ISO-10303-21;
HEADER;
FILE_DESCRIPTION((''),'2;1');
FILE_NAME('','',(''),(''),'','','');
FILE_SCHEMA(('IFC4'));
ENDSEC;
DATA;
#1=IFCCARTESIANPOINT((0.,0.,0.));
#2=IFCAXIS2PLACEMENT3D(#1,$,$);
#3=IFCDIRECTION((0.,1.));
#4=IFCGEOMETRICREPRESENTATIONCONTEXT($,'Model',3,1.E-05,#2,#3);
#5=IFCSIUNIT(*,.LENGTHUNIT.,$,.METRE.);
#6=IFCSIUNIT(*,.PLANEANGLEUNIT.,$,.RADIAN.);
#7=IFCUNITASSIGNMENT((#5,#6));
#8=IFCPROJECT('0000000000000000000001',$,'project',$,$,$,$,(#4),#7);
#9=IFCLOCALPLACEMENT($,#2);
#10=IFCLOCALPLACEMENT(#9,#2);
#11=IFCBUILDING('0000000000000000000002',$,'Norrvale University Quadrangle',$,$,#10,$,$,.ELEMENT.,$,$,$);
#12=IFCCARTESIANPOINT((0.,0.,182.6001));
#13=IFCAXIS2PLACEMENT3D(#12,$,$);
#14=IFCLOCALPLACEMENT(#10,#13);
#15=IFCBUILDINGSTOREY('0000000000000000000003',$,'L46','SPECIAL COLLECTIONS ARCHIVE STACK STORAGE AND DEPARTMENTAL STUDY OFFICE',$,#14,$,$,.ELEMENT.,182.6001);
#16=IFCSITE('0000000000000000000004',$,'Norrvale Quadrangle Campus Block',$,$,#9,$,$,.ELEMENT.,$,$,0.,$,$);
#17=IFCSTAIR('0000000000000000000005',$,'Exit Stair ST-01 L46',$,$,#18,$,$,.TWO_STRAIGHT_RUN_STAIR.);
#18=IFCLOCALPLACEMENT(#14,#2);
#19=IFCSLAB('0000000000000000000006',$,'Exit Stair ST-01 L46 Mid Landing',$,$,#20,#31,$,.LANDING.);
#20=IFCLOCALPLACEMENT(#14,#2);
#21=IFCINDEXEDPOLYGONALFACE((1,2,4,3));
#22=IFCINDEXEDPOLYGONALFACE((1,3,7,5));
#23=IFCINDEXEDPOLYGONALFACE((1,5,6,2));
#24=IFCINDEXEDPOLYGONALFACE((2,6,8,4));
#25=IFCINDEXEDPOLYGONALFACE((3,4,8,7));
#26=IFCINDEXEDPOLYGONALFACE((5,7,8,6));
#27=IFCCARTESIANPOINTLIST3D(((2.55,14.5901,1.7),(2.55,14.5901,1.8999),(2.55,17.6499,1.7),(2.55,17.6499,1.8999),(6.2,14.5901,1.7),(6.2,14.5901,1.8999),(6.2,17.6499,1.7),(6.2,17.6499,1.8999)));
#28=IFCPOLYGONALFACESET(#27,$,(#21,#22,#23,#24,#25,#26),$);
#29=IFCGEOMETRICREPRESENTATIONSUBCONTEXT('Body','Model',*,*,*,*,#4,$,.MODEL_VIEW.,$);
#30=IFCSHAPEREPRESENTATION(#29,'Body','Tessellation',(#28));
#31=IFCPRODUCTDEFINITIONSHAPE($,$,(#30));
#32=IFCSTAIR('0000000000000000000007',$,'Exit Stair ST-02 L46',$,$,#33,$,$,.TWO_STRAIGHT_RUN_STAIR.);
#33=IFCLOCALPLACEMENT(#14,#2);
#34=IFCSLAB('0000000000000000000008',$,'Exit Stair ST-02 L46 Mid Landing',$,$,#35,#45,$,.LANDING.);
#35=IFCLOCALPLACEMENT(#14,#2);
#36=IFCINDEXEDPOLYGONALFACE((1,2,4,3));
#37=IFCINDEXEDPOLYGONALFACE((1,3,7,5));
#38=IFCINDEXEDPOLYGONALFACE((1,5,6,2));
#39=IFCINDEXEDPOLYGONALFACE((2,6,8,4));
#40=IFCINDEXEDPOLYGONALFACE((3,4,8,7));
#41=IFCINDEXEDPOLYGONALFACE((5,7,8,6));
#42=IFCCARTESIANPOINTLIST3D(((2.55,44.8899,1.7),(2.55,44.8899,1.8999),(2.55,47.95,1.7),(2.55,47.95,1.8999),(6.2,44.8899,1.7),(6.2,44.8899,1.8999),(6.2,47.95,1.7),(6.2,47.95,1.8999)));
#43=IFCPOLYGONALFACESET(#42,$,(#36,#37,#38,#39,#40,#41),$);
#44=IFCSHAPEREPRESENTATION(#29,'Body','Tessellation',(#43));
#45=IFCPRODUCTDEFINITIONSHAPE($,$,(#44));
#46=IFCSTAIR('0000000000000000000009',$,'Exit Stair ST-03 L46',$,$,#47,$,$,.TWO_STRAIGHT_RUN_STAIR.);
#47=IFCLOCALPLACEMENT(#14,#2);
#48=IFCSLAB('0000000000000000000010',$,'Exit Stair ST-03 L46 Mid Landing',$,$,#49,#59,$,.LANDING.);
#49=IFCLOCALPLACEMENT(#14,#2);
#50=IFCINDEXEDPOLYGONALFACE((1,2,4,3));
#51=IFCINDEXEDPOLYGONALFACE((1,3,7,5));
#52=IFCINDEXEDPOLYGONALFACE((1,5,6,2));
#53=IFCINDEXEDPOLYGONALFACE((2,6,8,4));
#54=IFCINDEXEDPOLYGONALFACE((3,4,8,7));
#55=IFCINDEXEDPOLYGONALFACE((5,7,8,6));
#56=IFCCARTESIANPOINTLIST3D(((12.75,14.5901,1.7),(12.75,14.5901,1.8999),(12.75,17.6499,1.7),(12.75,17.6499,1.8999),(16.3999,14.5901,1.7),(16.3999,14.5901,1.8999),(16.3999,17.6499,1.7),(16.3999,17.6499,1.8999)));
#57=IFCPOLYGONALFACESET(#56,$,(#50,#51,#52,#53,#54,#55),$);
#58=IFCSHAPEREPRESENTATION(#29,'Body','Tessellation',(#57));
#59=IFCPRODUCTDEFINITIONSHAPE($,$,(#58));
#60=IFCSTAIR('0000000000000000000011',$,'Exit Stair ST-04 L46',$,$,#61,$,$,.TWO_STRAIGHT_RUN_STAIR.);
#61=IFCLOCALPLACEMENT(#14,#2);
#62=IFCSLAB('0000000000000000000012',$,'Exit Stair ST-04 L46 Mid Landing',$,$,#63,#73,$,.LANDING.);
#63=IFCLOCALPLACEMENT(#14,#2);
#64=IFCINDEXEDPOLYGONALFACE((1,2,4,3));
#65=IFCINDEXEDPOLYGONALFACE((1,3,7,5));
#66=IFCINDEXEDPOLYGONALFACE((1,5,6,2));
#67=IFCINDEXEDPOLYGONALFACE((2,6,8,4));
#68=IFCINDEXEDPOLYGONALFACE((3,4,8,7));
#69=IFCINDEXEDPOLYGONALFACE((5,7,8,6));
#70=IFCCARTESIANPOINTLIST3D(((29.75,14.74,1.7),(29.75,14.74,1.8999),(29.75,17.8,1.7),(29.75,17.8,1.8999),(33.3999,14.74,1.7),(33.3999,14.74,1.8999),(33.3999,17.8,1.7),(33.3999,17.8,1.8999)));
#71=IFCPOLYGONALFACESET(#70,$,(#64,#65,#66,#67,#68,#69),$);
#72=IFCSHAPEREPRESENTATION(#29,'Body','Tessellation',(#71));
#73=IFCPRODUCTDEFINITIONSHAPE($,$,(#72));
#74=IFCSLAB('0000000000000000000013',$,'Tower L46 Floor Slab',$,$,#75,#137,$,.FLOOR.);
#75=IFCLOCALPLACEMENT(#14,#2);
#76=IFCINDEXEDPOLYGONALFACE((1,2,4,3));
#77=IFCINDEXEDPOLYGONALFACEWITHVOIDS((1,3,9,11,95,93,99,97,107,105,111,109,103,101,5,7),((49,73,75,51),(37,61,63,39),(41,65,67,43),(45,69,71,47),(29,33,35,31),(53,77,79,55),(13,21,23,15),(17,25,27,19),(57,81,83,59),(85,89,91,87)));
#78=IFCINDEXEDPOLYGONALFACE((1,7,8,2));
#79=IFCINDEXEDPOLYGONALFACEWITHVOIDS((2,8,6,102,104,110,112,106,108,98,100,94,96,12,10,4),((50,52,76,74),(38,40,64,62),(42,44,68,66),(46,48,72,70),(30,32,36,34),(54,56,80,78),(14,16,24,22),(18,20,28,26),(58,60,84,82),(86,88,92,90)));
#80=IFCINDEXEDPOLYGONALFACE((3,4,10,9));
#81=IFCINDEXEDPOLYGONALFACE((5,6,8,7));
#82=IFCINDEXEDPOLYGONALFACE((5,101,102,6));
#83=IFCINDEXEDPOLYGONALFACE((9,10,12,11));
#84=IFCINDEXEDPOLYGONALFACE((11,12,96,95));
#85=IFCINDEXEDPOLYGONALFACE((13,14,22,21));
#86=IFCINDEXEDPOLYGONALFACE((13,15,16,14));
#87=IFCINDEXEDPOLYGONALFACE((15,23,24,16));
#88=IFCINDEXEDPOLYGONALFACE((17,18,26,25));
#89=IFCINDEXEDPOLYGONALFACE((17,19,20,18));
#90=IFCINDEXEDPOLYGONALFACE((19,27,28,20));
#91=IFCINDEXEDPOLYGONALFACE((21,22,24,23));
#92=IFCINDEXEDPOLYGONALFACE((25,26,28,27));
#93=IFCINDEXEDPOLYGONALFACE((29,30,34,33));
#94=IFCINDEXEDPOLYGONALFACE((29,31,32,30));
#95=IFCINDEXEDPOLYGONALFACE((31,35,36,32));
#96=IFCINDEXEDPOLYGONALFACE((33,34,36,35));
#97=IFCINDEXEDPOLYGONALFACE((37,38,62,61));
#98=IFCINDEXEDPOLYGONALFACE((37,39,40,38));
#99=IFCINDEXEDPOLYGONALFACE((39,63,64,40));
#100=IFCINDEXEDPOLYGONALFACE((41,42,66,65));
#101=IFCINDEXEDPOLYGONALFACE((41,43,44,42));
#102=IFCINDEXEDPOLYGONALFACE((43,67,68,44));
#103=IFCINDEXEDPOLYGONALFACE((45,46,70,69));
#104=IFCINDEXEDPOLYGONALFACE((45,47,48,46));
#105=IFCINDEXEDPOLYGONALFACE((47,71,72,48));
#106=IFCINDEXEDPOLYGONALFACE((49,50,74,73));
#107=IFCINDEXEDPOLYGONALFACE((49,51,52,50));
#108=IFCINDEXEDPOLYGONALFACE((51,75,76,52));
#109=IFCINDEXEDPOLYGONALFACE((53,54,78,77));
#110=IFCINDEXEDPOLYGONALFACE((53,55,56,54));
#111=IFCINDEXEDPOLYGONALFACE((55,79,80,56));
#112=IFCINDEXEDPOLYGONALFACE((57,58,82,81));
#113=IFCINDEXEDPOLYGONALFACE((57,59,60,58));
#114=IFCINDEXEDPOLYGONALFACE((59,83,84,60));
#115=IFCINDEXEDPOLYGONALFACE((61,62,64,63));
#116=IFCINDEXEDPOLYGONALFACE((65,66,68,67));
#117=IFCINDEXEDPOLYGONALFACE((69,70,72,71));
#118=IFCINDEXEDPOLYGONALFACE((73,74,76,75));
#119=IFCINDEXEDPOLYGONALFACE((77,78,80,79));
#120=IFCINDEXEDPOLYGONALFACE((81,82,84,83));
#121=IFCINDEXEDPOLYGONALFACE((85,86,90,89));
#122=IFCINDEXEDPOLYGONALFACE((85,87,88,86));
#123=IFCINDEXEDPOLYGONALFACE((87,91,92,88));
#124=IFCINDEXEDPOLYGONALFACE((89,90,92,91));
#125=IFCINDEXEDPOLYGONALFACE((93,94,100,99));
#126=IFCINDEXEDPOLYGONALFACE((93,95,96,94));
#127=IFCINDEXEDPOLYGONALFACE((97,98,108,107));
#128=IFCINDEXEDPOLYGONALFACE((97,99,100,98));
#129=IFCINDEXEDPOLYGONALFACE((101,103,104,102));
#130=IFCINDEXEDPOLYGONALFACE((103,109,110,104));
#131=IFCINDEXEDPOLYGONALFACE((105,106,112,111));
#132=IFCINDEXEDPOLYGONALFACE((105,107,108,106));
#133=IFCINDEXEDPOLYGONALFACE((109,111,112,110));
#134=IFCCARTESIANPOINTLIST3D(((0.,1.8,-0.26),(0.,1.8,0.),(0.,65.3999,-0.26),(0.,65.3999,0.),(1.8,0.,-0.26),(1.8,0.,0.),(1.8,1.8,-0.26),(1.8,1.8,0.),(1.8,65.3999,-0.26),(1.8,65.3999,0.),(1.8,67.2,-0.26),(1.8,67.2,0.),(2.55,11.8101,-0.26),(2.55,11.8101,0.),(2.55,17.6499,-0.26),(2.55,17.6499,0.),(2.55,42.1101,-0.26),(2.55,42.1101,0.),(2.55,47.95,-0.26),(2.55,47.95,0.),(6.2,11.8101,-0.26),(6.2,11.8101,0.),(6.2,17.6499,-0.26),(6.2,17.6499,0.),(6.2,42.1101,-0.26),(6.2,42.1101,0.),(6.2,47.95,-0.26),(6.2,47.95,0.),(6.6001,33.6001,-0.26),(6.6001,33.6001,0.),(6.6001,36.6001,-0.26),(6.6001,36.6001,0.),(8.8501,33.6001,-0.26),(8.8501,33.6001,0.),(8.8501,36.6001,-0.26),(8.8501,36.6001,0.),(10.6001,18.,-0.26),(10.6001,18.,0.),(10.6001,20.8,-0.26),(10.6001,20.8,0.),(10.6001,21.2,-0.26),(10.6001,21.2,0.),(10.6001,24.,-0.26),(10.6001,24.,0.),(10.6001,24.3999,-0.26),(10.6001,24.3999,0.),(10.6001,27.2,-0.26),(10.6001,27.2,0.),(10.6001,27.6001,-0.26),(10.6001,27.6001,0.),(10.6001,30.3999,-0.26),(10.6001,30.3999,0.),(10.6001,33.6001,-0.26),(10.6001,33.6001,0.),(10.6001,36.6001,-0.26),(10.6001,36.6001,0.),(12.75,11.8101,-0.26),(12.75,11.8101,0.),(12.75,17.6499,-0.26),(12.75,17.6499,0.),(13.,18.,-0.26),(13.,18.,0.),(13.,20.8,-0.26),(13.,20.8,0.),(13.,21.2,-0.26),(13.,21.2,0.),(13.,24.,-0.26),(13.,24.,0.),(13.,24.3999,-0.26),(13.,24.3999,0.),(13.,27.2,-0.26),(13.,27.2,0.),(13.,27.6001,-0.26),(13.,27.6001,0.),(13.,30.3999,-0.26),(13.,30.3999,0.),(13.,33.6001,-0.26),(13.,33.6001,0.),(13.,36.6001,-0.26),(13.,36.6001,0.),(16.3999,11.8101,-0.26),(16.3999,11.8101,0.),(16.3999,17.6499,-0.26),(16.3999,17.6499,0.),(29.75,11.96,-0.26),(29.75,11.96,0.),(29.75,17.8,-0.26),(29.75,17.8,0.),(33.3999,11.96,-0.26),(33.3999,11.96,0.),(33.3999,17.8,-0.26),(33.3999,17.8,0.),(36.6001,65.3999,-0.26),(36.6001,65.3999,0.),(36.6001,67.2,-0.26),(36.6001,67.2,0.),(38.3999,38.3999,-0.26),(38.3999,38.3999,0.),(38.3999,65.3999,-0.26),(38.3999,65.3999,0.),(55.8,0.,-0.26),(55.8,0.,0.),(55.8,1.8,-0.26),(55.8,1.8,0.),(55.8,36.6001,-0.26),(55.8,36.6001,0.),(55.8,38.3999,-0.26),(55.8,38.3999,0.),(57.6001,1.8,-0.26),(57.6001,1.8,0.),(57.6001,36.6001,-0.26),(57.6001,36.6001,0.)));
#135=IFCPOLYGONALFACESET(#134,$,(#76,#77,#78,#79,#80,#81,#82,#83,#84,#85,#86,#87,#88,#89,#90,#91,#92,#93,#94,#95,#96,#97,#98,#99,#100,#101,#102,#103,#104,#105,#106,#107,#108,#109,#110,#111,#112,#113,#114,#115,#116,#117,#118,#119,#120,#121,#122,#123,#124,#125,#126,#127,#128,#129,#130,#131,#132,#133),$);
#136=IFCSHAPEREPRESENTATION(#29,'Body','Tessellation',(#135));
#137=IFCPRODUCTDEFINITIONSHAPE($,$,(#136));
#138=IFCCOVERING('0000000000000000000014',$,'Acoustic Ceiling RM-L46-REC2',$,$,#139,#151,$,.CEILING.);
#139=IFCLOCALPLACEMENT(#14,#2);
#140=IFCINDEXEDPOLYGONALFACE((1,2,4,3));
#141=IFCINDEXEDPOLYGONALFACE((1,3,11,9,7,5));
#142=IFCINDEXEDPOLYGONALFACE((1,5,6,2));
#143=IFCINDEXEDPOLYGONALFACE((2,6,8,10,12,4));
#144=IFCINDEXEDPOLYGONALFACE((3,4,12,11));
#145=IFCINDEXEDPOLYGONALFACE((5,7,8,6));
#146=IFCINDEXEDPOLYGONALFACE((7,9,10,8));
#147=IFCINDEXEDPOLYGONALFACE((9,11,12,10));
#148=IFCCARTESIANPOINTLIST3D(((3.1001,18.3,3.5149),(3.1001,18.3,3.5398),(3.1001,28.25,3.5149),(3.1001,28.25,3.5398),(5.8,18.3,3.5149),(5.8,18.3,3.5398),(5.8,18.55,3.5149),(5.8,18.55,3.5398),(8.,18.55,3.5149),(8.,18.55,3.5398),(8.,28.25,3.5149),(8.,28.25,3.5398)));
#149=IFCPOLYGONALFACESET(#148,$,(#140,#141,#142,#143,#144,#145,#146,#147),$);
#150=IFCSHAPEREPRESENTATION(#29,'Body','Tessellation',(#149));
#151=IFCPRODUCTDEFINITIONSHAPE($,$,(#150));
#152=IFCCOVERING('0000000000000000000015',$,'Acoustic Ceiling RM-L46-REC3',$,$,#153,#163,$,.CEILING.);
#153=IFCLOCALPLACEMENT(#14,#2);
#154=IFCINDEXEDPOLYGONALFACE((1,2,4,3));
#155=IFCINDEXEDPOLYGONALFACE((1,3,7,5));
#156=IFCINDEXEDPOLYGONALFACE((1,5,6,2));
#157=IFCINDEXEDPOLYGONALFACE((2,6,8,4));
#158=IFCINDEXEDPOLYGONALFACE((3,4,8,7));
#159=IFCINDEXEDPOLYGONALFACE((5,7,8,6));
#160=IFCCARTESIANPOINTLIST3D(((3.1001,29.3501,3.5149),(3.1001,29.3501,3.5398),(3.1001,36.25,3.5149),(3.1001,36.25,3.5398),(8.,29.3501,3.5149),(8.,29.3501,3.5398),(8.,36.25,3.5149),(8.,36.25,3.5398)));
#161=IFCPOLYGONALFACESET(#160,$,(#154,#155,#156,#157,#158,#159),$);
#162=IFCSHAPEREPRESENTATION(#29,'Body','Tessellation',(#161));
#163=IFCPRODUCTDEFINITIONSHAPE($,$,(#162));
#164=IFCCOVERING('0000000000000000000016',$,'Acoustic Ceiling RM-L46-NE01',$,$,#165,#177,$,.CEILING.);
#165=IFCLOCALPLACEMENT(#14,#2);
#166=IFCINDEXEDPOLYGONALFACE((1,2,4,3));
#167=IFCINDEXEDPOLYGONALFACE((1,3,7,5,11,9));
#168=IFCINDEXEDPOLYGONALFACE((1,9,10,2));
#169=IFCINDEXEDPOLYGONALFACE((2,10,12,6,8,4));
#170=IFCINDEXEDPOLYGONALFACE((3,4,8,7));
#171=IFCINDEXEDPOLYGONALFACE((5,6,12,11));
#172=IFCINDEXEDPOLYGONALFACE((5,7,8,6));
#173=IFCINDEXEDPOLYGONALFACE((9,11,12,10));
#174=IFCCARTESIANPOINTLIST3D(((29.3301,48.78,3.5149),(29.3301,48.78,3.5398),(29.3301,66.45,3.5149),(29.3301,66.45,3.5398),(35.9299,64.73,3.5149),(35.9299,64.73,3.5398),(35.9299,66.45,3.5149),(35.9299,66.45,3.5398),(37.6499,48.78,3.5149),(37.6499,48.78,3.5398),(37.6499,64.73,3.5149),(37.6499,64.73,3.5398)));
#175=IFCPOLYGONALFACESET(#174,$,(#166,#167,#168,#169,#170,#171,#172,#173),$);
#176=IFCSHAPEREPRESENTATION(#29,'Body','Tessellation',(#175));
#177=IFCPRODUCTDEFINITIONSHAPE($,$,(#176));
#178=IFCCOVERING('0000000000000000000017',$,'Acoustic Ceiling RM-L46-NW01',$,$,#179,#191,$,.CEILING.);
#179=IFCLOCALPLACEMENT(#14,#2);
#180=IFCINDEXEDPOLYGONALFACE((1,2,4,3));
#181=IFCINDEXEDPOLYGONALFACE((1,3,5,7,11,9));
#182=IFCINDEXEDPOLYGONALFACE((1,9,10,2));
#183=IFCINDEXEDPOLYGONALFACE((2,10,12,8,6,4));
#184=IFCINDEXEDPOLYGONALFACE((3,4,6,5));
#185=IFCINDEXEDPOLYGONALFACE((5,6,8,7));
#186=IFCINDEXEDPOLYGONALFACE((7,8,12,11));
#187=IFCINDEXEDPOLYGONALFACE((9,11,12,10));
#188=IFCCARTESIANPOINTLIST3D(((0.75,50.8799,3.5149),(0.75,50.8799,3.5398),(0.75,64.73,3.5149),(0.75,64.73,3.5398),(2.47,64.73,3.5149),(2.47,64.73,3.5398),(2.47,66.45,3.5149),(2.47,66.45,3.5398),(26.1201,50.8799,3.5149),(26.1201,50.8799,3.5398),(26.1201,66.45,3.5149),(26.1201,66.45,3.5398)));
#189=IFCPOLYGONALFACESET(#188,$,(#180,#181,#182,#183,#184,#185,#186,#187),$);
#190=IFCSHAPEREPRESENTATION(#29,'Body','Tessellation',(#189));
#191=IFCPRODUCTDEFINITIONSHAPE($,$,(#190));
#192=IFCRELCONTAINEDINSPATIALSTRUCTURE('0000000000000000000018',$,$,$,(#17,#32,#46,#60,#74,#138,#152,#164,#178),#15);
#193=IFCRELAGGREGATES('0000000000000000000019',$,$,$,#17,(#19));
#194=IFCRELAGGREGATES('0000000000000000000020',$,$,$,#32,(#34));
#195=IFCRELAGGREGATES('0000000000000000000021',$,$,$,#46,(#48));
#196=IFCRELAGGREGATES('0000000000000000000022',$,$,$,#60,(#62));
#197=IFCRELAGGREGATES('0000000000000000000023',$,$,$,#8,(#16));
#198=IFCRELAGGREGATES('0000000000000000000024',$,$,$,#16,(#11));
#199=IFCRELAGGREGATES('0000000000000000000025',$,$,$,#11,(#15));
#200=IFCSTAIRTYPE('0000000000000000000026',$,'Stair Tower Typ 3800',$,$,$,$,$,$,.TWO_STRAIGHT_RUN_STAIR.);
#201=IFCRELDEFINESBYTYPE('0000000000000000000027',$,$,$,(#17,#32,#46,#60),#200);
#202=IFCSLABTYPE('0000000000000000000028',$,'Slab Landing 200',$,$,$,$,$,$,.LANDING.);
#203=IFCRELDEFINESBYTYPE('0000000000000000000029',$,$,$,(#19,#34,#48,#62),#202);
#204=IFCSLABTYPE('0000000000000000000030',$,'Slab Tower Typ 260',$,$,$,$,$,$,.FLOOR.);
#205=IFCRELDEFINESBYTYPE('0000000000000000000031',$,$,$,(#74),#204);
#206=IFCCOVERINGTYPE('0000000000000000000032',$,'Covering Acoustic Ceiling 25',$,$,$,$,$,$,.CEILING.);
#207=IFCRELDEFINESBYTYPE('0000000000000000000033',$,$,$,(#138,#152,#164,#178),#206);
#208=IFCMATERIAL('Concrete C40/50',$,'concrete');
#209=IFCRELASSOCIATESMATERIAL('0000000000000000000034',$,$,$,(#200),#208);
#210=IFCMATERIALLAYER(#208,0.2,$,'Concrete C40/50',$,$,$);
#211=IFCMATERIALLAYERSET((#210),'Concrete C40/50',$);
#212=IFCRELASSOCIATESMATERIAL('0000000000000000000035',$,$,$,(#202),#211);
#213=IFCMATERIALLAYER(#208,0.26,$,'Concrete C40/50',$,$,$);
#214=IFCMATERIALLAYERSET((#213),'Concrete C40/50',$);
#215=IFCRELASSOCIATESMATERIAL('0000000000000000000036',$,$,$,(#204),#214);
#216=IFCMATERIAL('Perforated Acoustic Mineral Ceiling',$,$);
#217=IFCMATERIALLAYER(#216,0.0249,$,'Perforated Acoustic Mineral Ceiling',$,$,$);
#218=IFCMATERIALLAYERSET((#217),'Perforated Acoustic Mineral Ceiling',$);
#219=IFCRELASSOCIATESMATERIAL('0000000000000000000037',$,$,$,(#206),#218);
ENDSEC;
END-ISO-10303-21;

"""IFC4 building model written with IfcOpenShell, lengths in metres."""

from ifc_helpers import new_model, si_unit, direction, frame, origin, place, context, subcontext, project, spatial, polyline, outline, extrude, material, layer, layer_set, type_object, element, aggregate, save


model = new_model("IFC4")

# Units and contexts
model_context = context("Model", 3, precision=1e-05, world=origin(), true_north=direction((0.0, 1.0)))
body_context = subcontext(model_context, "Body", "Model", "MODEL_VIEW")
ifc_project = project(units=[si_unit("LENGTHUNIT", "METRE"), si_unit("PLANEANGLEUNIT", "RADIAN")], contexts=[model_context])

# Site, building, storey
site_placement = place(None, origin())
site = spatial("IfcSite", under=ifc_project, at=site_placement, Name="Norrvale Quadrangle Campus Block", CompositionType="ELEMENT", RefElevation=0.0)
building_placement = place(site_placement, origin())
building = spatial("IfcBuilding", under=site, at=building_placement, Name="Norrvale University Quadrangle", CompositionType="ELEMENT")
storey_placement = place(building_placement, frame((0.0, 0.0, 182.6001)))
storey = spatial("IfcBuildingStorey", under=building, at=storey_placement, Name="L46", Description="SPECIAL COLLECTIONS ARCHIVE STACK STORAGE AND DEPARTMENTAL STUDY OFFICE", CompositionType="ELEMENT", Elevation=182.6001)

# Stairs, slabs
ifc_material_1 = material(Name="Concrete C40/50", Category="concrete")
stair_type = type_object("IfcStairType", Name="Stair Tower Typ 3800", PredefinedType="TWO_STRAIGHT_RUN_STAIR", material=ifc_material_1)
stair_1_placement = place(storey_placement, origin())
stair_1 = element("IfcStair", 1, at=stair_1_placement, inside=storey, type_object=stair_type, Name="Exit Stair ST-01 L46", PredefinedType="TWO_STRAIGHT_RUN_STAIR")
ifc_layer_1 = layer(ifc_material_1, 0.2, Name="Concrete C40/50")
ifc_layer_set_1 = layer_set([ifc_layer_1], Name="Concrete C40/50")
slab_type_1 = type_object("IfcSlabType", Name="Slab Landing 200", PredefinedType="LANDING", material=ifc_layer_set_1)
slab_1_placement = place(storey_placement, frame((0.0, 0.0, 1.7)))
slab_1 = element("IfcSlab", 2, at=slab_1_placement, type_object=slab_type_1, Name="Exit Stair ST-01 L46 Mid Landing", PredefinedType="LANDING", context=body_context, shape_type="SweptSolid", body=[
    extrude(outline(polyline([(2.55, 14.5901), (6.2, 14.5901), (6.2, 17.6499), (2.55, 17.6499), (2.55, 14.5901)])), origin(), (0.0, 0.0, 1.0), 0.2),
])
aggregate(stair_1, [slab_1])
stair_2_placement = place(storey_placement, origin())
stair_2 = element("IfcStair", 3, at=stair_2_placement, inside=storey, type_object=stair_type, Name="Exit Stair ST-02 L46", PredefinedType="TWO_STRAIGHT_RUN_STAIR")
slab_2_placement = place(storey_placement, frame((0.0, 0.0, 1.7)))
slab_2 = element("IfcSlab", 4, at=slab_2_placement, type_object=slab_type_1, Name="Exit Stair ST-02 L46 Mid Landing", PredefinedType="LANDING", context=body_context, shape_type="SweptSolid", body=[
    extrude(outline(polyline([(2.55, 44.8899), (6.2, 44.8899), (6.2, 47.95), (2.55, 47.95), (2.55, 44.8899)])), origin(), (0.0, 0.0, 1.0), 0.2),
])
aggregate(stair_2, [slab_2])
stair_3_placement = place(storey_placement, origin())
stair_3 = element("IfcStair", 5, at=stair_3_placement, inside=storey, type_object=stair_type, Name="Exit Stair ST-03 L46", PredefinedType="TWO_STRAIGHT_RUN_STAIR")
slab_3_placement = place(storey_placement, frame((0.0, 0.0, 1.7)))
slab_3 = element("IfcSlab", 6, at=slab_3_placement, type_object=slab_type_1, Name="Exit Stair ST-03 L46 Mid Landing", PredefinedType="LANDING", context=body_context, shape_type="SweptSolid", body=[
    extrude(outline(polyline([(12.75, 14.5901), (16.3999, 14.5901), (16.3999, 17.6499), (12.75, 17.6499), (12.75, 14.5901)])), origin(), (0.0, 0.0, 1.0), 0.2),
])
aggregate(stair_3, [slab_3])
stair_4_placement = place(storey_placement, origin())
stair_4 = element("IfcStair", 7, at=stair_4_placement, inside=storey, type_object=stair_type, Name="Exit Stair ST-04 L46", PredefinedType="TWO_STRAIGHT_RUN_STAIR")
slab_4_placement = place(storey_placement, frame((0.0, 0.0, 1.7)))
slab_4 = element("IfcSlab", 8, at=slab_4_placement, type_object=slab_type_1, Name="Exit Stair ST-04 L46 Mid Landing", PredefinedType="LANDING", context=body_context, shape_type="SweptSolid", body=[
    extrude(outline(polyline([(29.75, 14.74), (33.3999, 14.74), (33.3999, 17.8), (29.75, 17.8), (29.75, 14.74)])), origin(), (0.0, 0.0, 1.0), 0.2),
])
aggregate(stair_4, [slab_4])

# Slab
ifc_layer_2 = layer(ifc_material_1, 0.26, Name="Concrete C40/50")
ifc_layer_set_2 = layer_set([ifc_layer_2], Name="Concrete C40/50")
slab_type_2 = type_object("IfcSlabType", Name="Slab Tower Typ 260", PredefinedType="FLOOR", material=ifc_layer_set_2)
slab_5_placement = place(storey_placement, frame((0.0, 0.0, -0.26)))
element("IfcSlab", 9, at=slab_5_placement, inside=storey, type_object=slab_type_2, Name="Tower L46 Floor Slab", PredefinedType="FLOOR", context=body_context, shape_type="SweptSolid", body=[
    extrude(outline(polyline([(1.8, 0.0), (55.8, 0.0), (55.8, 1.8), (57.6001, 1.8), (57.6001, 36.6001), (55.8, 36.6001), (55.8, 38.3999), (38.3999, 38.3999), (38.3999, 65.3999), (36.6001, 65.3999), (36.6001, 67.2), (1.8, 67.2), (1.8, 65.3999), (0.0, 65.3999), (0.0, 1.8), (1.8, 1.8), (1.8, 0.0)]), holes=[polyline([(2.55, 11.8101), (6.2, 11.8101), (6.2, 17.6499), (2.55, 17.6499), (2.55, 11.8101)]), polyline([(2.55, 42.1101), (6.2, 42.1101), (6.2, 47.95), (2.55, 47.95), (2.55, 42.1101)]), polyline([(12.75, 11.8101), (16.3999, 11.8101), (16.3999, 17.6499), (12.75, 17.6499), (12.75, 11.8101)]), polyline([(29.75, 11.96), (33.3999, 11.96), (33.3999, 17.8), (29.75, 17.8), (29.75, 11.96)]), polyline([(10.6001, 18.0), (13.0, 18.0), (13.0, 20.8), (10.6001, 20.8), (10.6001, 18.0)]), polyline([(10.6001, 21.2), (13.0, 21.2), (13.0, 24.0), (10.6001, 24.0), (10.6001, 21.2)]), polyline([(10.6001, 24.3999), (13.0, 24.3999), (13.0, 27.2), (10.6001, 27.2), (10.6001, 24.3999)]), polyline([(10.6001, 27.6001), (13.0, 27.6001), (13.0, 30.3999), (10.6001, 30.3999), (10.6001, 27.6001)]), polyline([(6.6001, 33.6001), (8.8501, 33.6001), (8.8501, 36.6001), (6.6001, 36.6001), (6.6001, 33.6001)]), polyline([(10.6001, 33.6001), (13.0, 33.6001), (13.0, 36.6001), (10.6001, 36.6001), (10.6001, 33.6001)])]), origin(), (0.0, 0.0, 1.0), 0.26),
])

# Coverings
ifc_material_2 = material(Name="Perforated Acoustic Mineral Ceiling")
ifc_layer_3 = layer(ifc_material_2, 0.0249, Name="Perforated Acoustic Mineral Ceiling")
ifc_layer_set_3 = layer_set([ifc_layer_3], Name="Perforated Acoustic Mineral Ceiling")
covering_type_1 = type_object("IfcCoveringType", Name="Covering Acoustic Ceiling 25", PredefinedType="CEILING", material=ifc_layer_set_3)
covering_1_placement = place(storey_placement, frame((0.0, 0.0, 3.5149)))
element("IfcCovering", 10, at=covering_1_placement, inside=storey, type_object=covering_type_1, Name="Acoustic Ceiling RM-L46-REC2", PredefinedType="CEILING", context=body_context, shape_type="SweptSolid", body=[
    extrude(outline(polyline([(3.1001, 18.3), (3.1001, 28.25), (8.0, 28.25), (8.0, 18.55), (5.8, 18.55), (5.8, 18.3), (3.1001, 18.3)])), origin(), (0.0, 0.0, 1.0), 0.0249),
])
covering_2_placement = place(storey_placement, frame((0.0, 0.0, 3.5149)))
element("IfcCovering", 11, at=covering_2_placement, inside=storey, type_object=covering_type_1, Name="Acoustic Ceiling RM-L46-REC3", PredefinedType="CEILING", context=body_context, shape_type="SweptSolid", body=[
    extrude(outline(polyline([(3.1001, 29.3501), (3.1001, 36.25), (8.0, 36.25), (8.0, 29.3501), (3.1001, 29.3501)])), origin(), (0.0, 0.0, 1.0), 0.0249),
])
covering_3_placement = place(storey_placement, frame((0.0, 0.0, 3.5149)))
element("IfcCovering", 12, at=covering_3_placement, inside=storey, type_object=covering_type_1, Name="Acoustic Ceiling RM-L46-NE01", PredefinedType="CEILING", context=body_context, shape_type="SweptSolid", body=[
    extrude(outline(polyline([(37.6499, 48.78), (29.3301, 48.78), (29.3301, 66.45), (35.9299, 66.45), (35.9299, 64.73), (37.6499, 64.73), (37.6499, 48.78)])), origin(), (0.0, 0.0, 1.0), 0.0249),
])
covering_4_placement = place(storey_placement, frame((0.0, 0.0, 3.5149)))
element("IfcCovering", 13, at=covering_4_placement, inside=storey, type_object=covering_type_1, Name="Acoustic Ceiling RM-L46-NW01", PredefinedType="CEILING", context=body_context, shape_type="SweptSolid", body=[
    extrude(outline(polyline([(26.1201, 66.45), (26.1201, 50.8799), (0.75, 50.8799), (0.75, 64.73), (2.47, 64.73), (2.47, 66.45), (26.1201, 66.45)])), origin(), (0.0, 0.0, 1.0), 0.0249),
])

save(model, "model.ifc")
